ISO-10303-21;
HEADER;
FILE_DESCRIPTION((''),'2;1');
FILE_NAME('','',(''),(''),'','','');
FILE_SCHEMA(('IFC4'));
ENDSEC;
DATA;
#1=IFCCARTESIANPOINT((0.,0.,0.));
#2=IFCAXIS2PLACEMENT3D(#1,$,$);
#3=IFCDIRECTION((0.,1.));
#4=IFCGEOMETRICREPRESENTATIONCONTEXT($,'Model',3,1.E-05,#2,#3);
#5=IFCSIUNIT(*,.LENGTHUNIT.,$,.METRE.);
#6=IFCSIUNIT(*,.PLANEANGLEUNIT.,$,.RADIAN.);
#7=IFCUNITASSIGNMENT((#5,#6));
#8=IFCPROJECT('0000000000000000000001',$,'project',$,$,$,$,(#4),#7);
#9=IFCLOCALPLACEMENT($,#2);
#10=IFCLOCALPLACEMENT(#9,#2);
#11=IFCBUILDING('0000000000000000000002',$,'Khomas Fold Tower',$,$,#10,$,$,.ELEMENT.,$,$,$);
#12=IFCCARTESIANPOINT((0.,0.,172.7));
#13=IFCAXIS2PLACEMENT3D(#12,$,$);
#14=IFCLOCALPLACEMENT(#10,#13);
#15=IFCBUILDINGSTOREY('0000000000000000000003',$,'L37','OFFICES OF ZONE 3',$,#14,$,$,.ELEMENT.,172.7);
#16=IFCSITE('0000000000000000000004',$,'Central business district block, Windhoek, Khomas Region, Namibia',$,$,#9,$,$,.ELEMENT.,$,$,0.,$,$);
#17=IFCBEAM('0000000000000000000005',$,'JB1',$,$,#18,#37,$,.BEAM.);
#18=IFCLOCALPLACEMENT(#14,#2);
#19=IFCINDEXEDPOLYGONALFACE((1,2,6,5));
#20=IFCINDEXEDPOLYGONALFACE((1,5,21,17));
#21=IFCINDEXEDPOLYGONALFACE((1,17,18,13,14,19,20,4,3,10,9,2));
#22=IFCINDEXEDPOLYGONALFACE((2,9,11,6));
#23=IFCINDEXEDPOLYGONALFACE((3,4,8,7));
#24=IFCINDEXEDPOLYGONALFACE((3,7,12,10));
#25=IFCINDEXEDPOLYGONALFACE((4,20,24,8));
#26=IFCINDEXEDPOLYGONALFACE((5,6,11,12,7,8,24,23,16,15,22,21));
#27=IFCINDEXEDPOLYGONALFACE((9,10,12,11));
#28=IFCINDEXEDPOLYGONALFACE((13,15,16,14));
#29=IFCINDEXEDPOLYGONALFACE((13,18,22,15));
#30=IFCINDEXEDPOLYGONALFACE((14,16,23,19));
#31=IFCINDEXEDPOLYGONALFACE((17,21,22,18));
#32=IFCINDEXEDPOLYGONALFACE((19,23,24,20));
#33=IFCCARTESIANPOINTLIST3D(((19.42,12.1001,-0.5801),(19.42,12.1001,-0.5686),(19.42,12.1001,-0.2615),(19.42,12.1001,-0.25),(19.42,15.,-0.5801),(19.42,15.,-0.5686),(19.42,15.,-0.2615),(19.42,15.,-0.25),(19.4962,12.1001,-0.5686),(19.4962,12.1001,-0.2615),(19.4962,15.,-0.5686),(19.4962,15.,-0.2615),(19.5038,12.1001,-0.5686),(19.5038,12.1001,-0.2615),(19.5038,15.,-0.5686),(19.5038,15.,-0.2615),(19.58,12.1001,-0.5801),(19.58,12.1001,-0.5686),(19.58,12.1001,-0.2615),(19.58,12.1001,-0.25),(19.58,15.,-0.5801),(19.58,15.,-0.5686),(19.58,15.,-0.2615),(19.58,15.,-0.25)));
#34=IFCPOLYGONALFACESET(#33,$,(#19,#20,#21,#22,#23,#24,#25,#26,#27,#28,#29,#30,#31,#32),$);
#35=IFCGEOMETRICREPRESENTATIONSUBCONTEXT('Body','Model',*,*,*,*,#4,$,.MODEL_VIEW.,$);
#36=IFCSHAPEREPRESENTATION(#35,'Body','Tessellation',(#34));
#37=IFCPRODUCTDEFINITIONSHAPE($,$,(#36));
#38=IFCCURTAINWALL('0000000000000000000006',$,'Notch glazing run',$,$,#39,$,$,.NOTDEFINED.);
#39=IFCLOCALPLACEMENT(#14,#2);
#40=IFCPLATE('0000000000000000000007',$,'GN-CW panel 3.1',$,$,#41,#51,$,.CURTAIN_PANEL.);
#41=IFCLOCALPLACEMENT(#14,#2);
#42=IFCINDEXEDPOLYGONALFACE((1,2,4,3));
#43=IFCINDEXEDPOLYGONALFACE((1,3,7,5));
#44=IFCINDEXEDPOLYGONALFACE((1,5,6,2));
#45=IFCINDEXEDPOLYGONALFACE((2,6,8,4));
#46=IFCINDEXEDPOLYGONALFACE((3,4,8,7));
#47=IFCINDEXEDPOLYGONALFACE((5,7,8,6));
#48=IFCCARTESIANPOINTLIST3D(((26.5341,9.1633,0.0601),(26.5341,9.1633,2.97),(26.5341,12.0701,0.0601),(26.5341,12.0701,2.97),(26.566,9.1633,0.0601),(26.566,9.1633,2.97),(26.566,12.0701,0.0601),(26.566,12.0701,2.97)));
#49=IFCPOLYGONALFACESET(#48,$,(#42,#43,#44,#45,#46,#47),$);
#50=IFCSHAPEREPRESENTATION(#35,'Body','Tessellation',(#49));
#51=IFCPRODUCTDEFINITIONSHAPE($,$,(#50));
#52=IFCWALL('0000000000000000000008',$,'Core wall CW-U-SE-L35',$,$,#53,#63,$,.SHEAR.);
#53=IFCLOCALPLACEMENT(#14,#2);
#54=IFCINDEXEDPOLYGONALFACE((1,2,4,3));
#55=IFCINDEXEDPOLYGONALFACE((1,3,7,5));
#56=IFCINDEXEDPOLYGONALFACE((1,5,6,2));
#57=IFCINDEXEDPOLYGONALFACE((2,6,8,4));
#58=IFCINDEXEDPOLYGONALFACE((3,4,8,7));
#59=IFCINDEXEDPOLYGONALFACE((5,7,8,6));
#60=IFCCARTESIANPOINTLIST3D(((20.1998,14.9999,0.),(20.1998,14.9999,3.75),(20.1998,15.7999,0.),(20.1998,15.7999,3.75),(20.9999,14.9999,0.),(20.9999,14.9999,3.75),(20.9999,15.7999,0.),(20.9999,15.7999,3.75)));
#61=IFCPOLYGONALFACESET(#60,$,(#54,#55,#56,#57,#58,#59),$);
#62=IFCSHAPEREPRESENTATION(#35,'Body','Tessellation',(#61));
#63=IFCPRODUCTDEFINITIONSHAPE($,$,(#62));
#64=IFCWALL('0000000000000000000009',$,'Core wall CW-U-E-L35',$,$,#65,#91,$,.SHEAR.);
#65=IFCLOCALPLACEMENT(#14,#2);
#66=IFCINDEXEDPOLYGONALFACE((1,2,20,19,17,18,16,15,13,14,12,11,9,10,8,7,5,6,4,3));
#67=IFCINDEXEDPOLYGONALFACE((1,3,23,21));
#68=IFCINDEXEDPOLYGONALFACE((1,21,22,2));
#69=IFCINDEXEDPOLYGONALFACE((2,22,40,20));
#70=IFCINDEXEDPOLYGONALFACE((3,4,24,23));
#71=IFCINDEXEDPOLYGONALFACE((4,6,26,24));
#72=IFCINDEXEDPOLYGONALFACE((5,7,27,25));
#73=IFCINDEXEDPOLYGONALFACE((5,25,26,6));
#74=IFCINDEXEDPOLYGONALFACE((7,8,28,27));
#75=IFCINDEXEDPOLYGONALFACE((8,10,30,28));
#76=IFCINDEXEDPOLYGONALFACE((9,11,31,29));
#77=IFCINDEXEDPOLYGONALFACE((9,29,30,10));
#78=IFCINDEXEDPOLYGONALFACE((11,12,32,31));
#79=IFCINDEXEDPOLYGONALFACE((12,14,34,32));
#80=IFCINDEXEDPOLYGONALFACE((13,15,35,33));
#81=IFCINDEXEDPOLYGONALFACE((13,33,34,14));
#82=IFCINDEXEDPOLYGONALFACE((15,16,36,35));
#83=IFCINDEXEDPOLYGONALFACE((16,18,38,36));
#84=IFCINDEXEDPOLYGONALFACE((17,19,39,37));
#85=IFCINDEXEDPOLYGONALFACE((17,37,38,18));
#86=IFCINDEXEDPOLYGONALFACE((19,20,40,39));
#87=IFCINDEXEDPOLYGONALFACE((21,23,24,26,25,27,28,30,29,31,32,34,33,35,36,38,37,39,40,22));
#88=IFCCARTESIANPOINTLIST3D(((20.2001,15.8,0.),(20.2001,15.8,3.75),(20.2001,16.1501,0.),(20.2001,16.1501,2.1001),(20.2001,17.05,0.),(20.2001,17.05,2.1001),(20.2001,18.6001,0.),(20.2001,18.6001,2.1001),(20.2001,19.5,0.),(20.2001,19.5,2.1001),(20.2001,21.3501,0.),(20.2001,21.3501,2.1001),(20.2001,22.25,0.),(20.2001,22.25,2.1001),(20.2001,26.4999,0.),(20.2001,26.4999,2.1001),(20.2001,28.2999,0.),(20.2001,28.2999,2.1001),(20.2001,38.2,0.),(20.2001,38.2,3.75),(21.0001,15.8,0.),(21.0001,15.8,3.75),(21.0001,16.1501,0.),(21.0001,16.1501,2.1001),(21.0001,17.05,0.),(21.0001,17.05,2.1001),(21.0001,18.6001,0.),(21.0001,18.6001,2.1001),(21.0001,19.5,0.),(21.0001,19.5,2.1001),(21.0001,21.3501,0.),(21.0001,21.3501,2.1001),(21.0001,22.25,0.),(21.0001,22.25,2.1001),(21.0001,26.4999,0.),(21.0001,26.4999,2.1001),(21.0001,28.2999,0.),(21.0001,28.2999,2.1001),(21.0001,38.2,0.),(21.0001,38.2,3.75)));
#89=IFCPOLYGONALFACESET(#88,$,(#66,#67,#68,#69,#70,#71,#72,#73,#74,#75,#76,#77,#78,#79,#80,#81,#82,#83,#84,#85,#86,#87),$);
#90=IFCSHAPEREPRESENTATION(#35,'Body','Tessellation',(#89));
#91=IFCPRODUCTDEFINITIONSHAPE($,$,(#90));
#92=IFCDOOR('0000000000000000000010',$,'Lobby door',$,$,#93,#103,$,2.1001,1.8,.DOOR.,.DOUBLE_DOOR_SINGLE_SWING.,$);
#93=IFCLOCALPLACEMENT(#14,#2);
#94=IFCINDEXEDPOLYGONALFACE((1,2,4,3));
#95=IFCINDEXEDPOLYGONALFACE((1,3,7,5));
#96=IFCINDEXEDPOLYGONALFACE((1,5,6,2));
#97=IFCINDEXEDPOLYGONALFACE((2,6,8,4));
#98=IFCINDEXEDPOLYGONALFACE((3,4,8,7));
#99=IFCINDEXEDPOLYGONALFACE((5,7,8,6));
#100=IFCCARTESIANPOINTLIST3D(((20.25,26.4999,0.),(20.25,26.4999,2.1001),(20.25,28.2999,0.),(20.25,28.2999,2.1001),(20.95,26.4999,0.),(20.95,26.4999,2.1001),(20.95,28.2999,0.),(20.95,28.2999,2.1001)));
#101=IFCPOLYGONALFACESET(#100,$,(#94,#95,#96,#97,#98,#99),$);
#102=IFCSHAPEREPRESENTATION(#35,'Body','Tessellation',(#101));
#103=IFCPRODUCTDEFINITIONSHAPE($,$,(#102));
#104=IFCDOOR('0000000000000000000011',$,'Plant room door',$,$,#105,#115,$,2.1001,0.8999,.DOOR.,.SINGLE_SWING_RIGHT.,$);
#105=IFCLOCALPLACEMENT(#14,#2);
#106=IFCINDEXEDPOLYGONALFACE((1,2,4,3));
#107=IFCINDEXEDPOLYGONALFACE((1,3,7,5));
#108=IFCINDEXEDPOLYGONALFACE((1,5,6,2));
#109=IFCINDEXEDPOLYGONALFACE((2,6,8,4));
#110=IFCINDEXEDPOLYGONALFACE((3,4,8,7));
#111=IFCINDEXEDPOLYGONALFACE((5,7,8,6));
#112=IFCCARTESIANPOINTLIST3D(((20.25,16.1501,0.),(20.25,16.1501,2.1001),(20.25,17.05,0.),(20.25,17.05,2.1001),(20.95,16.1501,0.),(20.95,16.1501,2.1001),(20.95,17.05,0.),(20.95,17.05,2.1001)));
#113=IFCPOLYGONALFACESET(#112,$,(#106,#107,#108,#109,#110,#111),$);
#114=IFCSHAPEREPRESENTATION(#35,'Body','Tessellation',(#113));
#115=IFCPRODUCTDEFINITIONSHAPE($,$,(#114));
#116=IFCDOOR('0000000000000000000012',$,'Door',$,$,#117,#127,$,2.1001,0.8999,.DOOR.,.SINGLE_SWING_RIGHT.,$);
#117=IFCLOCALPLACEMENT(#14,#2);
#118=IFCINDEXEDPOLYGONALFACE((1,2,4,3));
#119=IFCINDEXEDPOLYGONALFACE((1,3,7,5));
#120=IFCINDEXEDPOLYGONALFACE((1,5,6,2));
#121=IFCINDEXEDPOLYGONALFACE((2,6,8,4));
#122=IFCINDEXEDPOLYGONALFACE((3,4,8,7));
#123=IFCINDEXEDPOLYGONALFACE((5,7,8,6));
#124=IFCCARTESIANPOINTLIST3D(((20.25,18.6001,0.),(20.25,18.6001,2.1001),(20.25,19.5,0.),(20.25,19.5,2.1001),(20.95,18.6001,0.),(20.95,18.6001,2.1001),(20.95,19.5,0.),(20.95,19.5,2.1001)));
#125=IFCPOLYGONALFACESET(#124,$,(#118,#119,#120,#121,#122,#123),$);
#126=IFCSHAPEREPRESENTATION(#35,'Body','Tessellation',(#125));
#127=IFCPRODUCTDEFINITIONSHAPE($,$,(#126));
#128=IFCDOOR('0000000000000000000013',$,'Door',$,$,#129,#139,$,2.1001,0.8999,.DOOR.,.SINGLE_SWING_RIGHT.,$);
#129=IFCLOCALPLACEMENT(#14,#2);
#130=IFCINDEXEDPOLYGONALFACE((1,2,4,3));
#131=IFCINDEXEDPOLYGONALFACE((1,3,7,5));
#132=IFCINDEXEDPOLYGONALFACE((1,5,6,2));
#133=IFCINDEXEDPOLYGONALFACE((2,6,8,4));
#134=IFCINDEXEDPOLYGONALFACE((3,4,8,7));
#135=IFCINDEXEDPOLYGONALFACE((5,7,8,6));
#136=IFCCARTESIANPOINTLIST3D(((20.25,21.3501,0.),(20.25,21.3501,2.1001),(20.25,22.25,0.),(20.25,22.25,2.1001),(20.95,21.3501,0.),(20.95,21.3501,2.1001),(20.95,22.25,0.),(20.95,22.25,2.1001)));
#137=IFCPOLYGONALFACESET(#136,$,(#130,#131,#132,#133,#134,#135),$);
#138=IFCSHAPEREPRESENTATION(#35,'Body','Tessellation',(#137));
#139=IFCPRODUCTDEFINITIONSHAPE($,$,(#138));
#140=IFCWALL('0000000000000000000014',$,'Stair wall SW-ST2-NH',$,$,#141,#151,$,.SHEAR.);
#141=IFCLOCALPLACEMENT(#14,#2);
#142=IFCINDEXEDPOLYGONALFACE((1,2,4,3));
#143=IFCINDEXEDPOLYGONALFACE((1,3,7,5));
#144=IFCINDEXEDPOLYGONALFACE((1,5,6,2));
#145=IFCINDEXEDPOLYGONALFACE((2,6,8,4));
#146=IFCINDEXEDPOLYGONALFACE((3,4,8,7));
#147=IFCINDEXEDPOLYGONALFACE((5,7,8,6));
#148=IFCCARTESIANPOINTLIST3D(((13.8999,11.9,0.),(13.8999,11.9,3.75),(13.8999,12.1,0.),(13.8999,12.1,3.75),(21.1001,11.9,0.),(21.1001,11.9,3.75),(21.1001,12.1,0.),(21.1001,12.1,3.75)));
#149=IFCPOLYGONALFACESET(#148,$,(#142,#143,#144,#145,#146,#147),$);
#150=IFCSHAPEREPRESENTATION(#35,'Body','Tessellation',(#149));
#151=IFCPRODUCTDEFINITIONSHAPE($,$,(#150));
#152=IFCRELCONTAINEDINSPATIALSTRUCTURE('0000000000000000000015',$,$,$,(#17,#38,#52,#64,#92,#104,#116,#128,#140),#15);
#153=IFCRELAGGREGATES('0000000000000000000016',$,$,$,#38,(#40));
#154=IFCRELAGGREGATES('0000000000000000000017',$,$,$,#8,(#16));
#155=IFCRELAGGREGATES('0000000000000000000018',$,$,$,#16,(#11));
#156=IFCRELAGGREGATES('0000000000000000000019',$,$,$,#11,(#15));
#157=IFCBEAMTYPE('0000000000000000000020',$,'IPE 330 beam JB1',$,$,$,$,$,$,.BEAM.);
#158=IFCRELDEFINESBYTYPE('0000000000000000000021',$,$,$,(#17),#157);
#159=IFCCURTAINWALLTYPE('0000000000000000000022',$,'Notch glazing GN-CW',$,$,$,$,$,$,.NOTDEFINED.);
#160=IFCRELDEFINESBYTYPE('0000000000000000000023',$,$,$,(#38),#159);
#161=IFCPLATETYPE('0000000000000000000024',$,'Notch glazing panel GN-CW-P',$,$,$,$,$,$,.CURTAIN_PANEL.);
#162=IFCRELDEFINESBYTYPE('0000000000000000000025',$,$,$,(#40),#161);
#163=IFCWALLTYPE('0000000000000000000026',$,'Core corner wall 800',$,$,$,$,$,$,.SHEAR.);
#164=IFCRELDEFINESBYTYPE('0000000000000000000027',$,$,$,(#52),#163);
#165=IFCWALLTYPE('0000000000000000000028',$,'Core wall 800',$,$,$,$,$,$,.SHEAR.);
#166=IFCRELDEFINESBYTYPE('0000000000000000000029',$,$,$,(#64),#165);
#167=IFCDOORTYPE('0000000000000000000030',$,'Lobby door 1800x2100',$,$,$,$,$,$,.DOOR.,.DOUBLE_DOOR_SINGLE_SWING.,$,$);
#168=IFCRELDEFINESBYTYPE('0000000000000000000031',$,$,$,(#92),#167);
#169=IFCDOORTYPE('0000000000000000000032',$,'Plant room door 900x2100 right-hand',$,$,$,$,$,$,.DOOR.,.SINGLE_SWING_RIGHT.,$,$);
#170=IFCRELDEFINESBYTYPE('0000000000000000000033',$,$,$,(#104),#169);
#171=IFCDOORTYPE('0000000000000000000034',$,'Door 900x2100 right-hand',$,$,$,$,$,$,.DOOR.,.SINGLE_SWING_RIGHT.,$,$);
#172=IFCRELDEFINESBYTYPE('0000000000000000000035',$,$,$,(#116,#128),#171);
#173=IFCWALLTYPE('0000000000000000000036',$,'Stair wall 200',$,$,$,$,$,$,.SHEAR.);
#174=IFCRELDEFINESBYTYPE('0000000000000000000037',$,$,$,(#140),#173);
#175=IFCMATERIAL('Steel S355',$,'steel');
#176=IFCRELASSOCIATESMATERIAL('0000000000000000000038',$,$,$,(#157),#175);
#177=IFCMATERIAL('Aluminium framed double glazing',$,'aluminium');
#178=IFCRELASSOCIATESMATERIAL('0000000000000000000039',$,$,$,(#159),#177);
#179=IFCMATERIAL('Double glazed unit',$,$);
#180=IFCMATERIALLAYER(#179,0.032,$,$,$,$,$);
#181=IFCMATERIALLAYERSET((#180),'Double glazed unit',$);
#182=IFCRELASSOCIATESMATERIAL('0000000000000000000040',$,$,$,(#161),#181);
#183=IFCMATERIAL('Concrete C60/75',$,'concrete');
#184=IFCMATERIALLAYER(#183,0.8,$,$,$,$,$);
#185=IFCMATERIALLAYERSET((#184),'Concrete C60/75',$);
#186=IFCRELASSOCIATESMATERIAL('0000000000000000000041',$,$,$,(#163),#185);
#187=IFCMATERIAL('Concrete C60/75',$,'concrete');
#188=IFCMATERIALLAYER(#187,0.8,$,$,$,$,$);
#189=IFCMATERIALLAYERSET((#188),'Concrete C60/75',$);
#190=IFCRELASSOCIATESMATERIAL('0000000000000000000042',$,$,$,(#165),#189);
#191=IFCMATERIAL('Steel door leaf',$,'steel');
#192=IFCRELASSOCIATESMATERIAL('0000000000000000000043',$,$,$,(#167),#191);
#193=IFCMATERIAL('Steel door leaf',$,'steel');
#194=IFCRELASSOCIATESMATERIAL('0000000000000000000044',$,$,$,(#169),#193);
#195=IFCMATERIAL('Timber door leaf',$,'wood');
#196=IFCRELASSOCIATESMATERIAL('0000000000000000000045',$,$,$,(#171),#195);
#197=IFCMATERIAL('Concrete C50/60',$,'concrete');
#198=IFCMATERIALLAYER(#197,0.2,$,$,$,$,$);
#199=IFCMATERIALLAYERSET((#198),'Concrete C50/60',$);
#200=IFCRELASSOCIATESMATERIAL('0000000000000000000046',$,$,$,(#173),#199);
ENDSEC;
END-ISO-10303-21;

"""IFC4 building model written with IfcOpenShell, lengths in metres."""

from ifc_helpers import new_model, si_unit, direction, frame, frame_2d, origin, origin_2d, place, context, subcontext, project, spatial, rectangle, i_section, extrude, source, transform, mapped, material, layer, layer_set, material_profile, profile_set, type_object, element, fill, aggregate, save


model = new_model("IFC4")

# Units and contexts
model_context = context("Model", 3, precision=1e-05, world=origin(), true_north=direction((0.0, 1.0)))
body_context = subcontext(model_context, "Body", "Model", "MODEL_VIEW")
ifc_project = project(units=[si_unit("LENGTHUNIT", "METRE"), si_unit("PLANEANGLEUNIT", "RADIAN")], contexts=[model_context])

# Site, building, storey
site_placement = place(None, origin())
site = spatial("IfcSite", under=ifc_project, at=site_placement, Name="Central business district block, Windhoek, Khomas Region, Namibia", CompositionType="ELEMENT", RefElevation=0.0)
building_placement = place(site_placement, origin())
building = spatial("IfcBuilding", under=site, at=building_placement, Name="Khomas Fold Tower", CompositionType="ELEMENT")
storey_placement = place(building_placement, frame((0.0, 0.0, 172.7)))
storey = spatial("IfcBuildingStorey", under=building, at=storey_placement, Name="L37", Description="OFFICES OF ZONE 3", CompositionType="ELEMENT", Elevation=172.7)

# Beam
ifc_material_1 = material(Name="Steel S355", Category="steel")
ifc_material_profile = material_profile(ifc_material_1, i_section(OverallWidth=0.1599, OverallDepth=0.3301, WebThickness=0.0076, FlangeThickness=0.0115, at=origin_2d()), Name="IPE 330")
ifc_profile_set = profile_set([ifc_material_profile], Name="Steel S355")
beam_type = type_object("IfcBeamType", Name="IPE 330 beam JB1", PredefinedType="BEAM", material=ifc_profile_set)
shared_shape_1 = source(origin(), body_context, "Body", "SweptSolid", [
    extrude(i_section(OverallWidth=0.1599, OverallDepth=0.3301, WebThickness=0.0076, FlangeThickness=0.0115, at=origin_2d()), origin(), (0.0, 0.0, 1.0), 2.8999),
])
beam_placement = place(storey_placement, frame((19.5, 12.1001, -0.415), z_axis=(0.0, 1.0, 0.0), x_axis=(-1.0, 0.0, 0.0)))
element("IfcBeam", 1, at=beam_placement, inside=storey, type_object=beam_type, Name="JB1", PredefinedType="BEAM", context=body_context, shape_type="MappedRepresentation", body=[
    mapped(shared_shape_1, transform((0.0, 0.0, 0.0))),
])

# Curtain wall, plate
ifc_material_2 = material(Name="Aluminium framed double glazing", Category="aluminium")
curtain_wall_type = type_object("IfcCurtainWallType", Name="Notch glazing GN-CW", PredefinedType="NOTDEFINED", material=ifc_material_2)
curtain_wall_placement = place(storey_placement, origin())
curtain_wall = element("IfcCurtainWall", 2, at=curtain_wall_placement, inside=storey, type_object=curtain_wall_type, Name="Notch glazing run", PredefinedType="NOTDEFINED")
ifc_material_3 = material(Name="Double glazed unit")
ifc_layer_1 = layer(ifc_material_3, 0.032)
ifc_layer_set_1 = layer_set([ifc_layer_1], Name="Double glazed unit")
plate_type = type_object("IfcPlateType", Name="Notch glazing panel GN-CW-P", PredefinedType="CURTAIN_PANEL", material=ifc_layer_set_1)
shared_shape_2 = source(origin(), body_context, "Body", "SweptSolid", [
    extrude(rectangle(XDim=2.9067, YDim=0.032, at=origin_2d()), origin(), (0.0, 0.0, 1.0), 2.9099),
])
plate_placement = place(storey_placement, frame((26.55, 10.6167, 0.0601), z_axis=(0.0, 0.0, 1.0), x_axis=(0.0, 1.0, 0.0)))
plate = element("IfcPlate", 3, at=plate_placement, type_object=plate_type, Name="GN-CW panel 3.1", PredefinedType="CURTAIN_PANEL", context=body_context, shape_type="MappedRepresentation", body=[
    mapped(shared_shape_2, transform((0.0, 0.0, 0.0))),
])
aggregate(curtain_wall, [plate])

# Wall
ifc_material_4 = material(Name="Concrete C60/75", Category="concrete")
ifc_layer_2 = layer(ifc_material_4, 0.8)
ifc_layer_set_2 = layer_set([ifc_layer_2], Name="Concrete C60/75")
wall_type_1 = type_object("IfcWallType", Name="Core corner wall 800", PredefinedType="SHEAR", material=ifc_layer_set_2)
shared_shape_3 = source(origin(), body_context, "Body", "SweptSolid", [
    extrude(rectangle(XDim=0.8, YDim=0.8, at=frame_2d((0.3999, 0.0))), origin(), (0.0, 0.0, 1.0), 3.75),
])
wall_1_placement = place(storey_placement, frame((20.2, 15.3999, 0.0), z_axis=(0.0, 0.0, 1.0), x_axis=(1.0, 0.0, 0.0)))
element("IfcWall", 4, at=wall_1_placement, inside=storey, type_object=wall_type_1, Name="Core wall CW-U-SE-L35", PredefinedType="SHEAR", context=body_context, shape_type="MappedRepresentation", body=[
    mapped(shared_shape_3, transform((0.0, 0.0, 0.0))),
])

# Wall, openings, doors
ifc_material_5 = material(Name="Concrete C60/75", Category="concrete")
ifc_layer_3 = layer(ifc_material_5, 0.8)
ifc_layer_set_3 = layer_set([ifc_layer_3], Name="Concrete C60/75")
wall_type_2 = type_object("IfcWallType", Name="Core wall 800", PredefinedType="SHEAR", material=ifc_layer_set_3)
shared_shape_4 = source(origin(), body_context, "Body", "SweptSolid", [
    extrude(rectangle(XDim=22.3999, YDim=0.8, at=frame_2d((11.2, 0.0))), origin(), (0.0, 0.0, 1.0), 3.75),
])
wall_2_placement = place(storey_placement, frame((20.6001, 15.8, 0.0), z_axis=(0.0, 0.0, 1.0), x_axis=(0.0, 1.0, 0.0)))
wall_2 = element("IfcWall", 5, at=wall_2_placement, inside=storey, type_object=wall_type_2, Name="Core wall CW-U-E-L35", PredefinedType="SHEAR", context=body_context, shape_type="MappedRepresentation", body=[
    mapped(shared_shape_4, transform((0.0, 0.0, 0.0))),
])
shared_shape_5 = source(origin(), body_context, "Body", "SweptSolid", [
    extrude(rectangle(XDim=1.8, YDim=2.1001, at=frame_2d((0.8999, 1.05))), frame((0.0, 0.4099, 0.0), z_axis=(0.0, -1.0, 0.0), x_axis=(1.0, 0.0, 0.0)), (0.0, 0.0, 1.0), 0.8201),
])
opening_1_placement = place(wall_2_placement, frame((10.7, 0.0, 0.0)))
opening_1 = element("IfcOpeningElement", 6, at=opening_1_placement, cuts=wall_2, PredefinedType="OPENING", context=body_context, shape_type="MappedRepresentation", body=[
    mapped(shared_shape_5, transform((0.0, 0.0, 0.0))),
])
shared_shape_6 = source(origin(), body_context, "Body", "SweptSolid", [
    extrude(rectangle(XDim=0.8999, YDim=2.1001, at=frame_2d((0.45, 1.05))), frame((0.0, 0.4099, 0.0), z_axis=(0.0, -1.0, 0.0), x_axis=(1.0, 0.0, 0.0)), (0.0, 0.0, 1.0), 0.8201),
])
opening_2_placement = place(wall_2_placement, frame((0.3501, 0.0, 0.0)))
opening_2 = element("IfcOpeningElement", 7, at=opening_2_placement, cuts=wall_2, PredefinedType="OPENING", context=body_context, shape_type="MappedRepresentation", body=[
    mapped(shared_shape_6, transform((0.0, 0.0, 0.0))),
])
opening_3_placement = place(wall_2_placement, frame((2.8, 0.0, 0.0)))
opening_3 = element("IfcOpeningElement", 8, at=opening_3_placement, cuts=wall_2, PredefinedType="OPENING", context=body_context, shape_type="MappedRepresentation", body=[
    mapped(shared_shape_6, transform((0.0, 0.0, 0.0))),
])
opening_4_placement = place(wall_2_placement, frame((5.55, 0.0, 0.0)))
opening_4 = element("IfcOpeningElement", 9, at=opening_4_placement, cuts=wall_2, PredefinedType="OPENING", context=body_context, shape_type="MappedRepresentation", body=[
    mapped(shared_shape_6, transform((0.0, 0.0, 0.0))),
])
ifc_material_6 = material(Name="Steel door leaf", Category="steel")
door_type_1 = type_object("IfcDoorType", Name="Lobby door 1800x2100", OperationType="DOUBLE_DOOR_SINGLE_SWING", PredefinedType="DOOR", material=ifc_material_6)
shared_shape_7 = source(origin(), body_context, "Body", "SweptSolid", [
    extrude(rectangle(XDim=1.8, YDim=2.1001, at=frame_2d((0.8999, 1.05))), frame((0.0, 0.3501, 0.0), z_axis=(0.0, -1.0, 0.0), x_axis=(1.0, 0.0, 0.0)), (0.0, 0.0, 1.0), 0.7),
])
door_1_placement = place(opening_1_placement, origin())
door_1 = element("IfcDoor", 10, at=door_1_placement, inside=storey, type_object=door_type_1, Name="Lobby door", OperationType="DOUBLE_DOOR_SINGLE_SWING", OverallHeight=2.1001, OverallWidth=1.8, PredefinedType="DOOR", context=body_context, shape_type="MappedRepresentation", body=[
    mapped(shared_shape_7, transform((0.0, 0.0, 0.0))),
])
fill(opening_1, door_1)
ifc_material_7 = material(Name="Steel door leaf", Category="steel")
door_type_2 = type_object("IfcDoorType", Name="Plant room door 900x2100 right-hand", OperationType="SINGLE_SWING_RIGHT", PredefinedType="DOOR", material=ifc_material_7)
shared_shape_8 = source(origin(), body_context, "Body", "SweptSolid", [
    extrude(rectangle(XDim=0.8999, YDim=2.1001, at=frame_2d((0.45, 1.05))), frame((0.0, 0.3501, 0.0), z_axis=(0.0, -1.0, 0.0), x_axis=(1.0, 0.0, 0.0)), (0.0, 0.0, 1.0), 0.7),
])
door_2_placement = place(opening_2_placement, origin())
door_2 = element("IfcDoor", 11, at=door_2_placement, inside=storey, type_object=door_type_2, Name="Plant room door", OperationType="SINGLE_SWING_RIGHT", OverallHeight=2.1001, OverallWidth=0.8999, PredefinedType="DOOR", context=body_context, shape_type="MappedRepresentation", body=[
    mapped(shared_shape_8, transform((0.0, 0.0, 0.0))),
])
fill(opening_2, door_2)
ifc_material_8 = material(Name="Timber door leaf", Category="wood")
door_type_3 = type_object("IfcDoorType", Name="Door 900x2100 right-hand", OperationType="SINGLE_SWING_RIGHT", PredefinedType="DOOR", material=ifc_material_8)
door_3_placement = place(opening_3_placement, origin())
door_3 = element("IfcDoor", 12, at=door_3_placement, inside=storey, type_object=door_type_3, Name="Door", OperationType="SINGLE_SWING_RIGHT", OverallHeight=2.1001, OverallWidth=0.8999, PredefinedType="DOOR", context=body_context, shape_type="MappedRepresentation", body=[
    mapped(shared_shape_8, transform((0.0, 0.0, 0.0))),
])
fill(opening_3, door_3)
door_4_placement = place(opening_4_placement, origin())
door_4 = element("IfcDoor", 13, at=door_4_placement, inside=storey, type_object=door_type_3, Name="Door", OperationType="SINGLE_SWING_RIGHT", OverallHeight=2.1001, OverallWidth=0.8999, PredefinedType="DOOR", context=body_context, shape_type="MappedRepresentation", body=[
    mapped(shared_shape_8, transform((0.0, 0.0, 0.0))),
])
fill(opening_4, door_4)

# Wall
ifc_material_9 = material(Name="Concrete C50/60", Category="concrete")
ifc_layer_4 = layer(ifc_material_9, 0.2)
ifc_layer_set_4 = layer_set([ifc_layer_4], Name="Concrete C50/60")
wall_type_3 = type_object("IfcWallType", Name="Stair wall 200", PredefinedType="SHEAR", material=ifc_layer_set_4)
shared_shape_9 = source(origin(), body_context, "Body", "SweptSolid", [
    extrude(rectangle(XDim=7.2002, YDim=0.2, at=frame_2d((3.6001, 0.0))), origin(), (0.0, 0.0, 1.0), 3.75),
])
wall_3_placement = place(storey_placement, frame((13.8999, 12.0, 0.0), z_axis=(0.0, 0.0, 1.0), x_axis=(1.0, 0.0, 0.0)))
element("IfcWall", 14, at=wall_3_placement, inside=storey, type_object=wall_type_3, Name="Stair wall SW-ST2-NH", PredefinedType="SHEAR", context=body_context, shape_type="MappedRepresentation", body=[
    mapped(shared_shape_9, transform((0.0, 0.0, 0.0))),
])

save(model, "model.ifc")
